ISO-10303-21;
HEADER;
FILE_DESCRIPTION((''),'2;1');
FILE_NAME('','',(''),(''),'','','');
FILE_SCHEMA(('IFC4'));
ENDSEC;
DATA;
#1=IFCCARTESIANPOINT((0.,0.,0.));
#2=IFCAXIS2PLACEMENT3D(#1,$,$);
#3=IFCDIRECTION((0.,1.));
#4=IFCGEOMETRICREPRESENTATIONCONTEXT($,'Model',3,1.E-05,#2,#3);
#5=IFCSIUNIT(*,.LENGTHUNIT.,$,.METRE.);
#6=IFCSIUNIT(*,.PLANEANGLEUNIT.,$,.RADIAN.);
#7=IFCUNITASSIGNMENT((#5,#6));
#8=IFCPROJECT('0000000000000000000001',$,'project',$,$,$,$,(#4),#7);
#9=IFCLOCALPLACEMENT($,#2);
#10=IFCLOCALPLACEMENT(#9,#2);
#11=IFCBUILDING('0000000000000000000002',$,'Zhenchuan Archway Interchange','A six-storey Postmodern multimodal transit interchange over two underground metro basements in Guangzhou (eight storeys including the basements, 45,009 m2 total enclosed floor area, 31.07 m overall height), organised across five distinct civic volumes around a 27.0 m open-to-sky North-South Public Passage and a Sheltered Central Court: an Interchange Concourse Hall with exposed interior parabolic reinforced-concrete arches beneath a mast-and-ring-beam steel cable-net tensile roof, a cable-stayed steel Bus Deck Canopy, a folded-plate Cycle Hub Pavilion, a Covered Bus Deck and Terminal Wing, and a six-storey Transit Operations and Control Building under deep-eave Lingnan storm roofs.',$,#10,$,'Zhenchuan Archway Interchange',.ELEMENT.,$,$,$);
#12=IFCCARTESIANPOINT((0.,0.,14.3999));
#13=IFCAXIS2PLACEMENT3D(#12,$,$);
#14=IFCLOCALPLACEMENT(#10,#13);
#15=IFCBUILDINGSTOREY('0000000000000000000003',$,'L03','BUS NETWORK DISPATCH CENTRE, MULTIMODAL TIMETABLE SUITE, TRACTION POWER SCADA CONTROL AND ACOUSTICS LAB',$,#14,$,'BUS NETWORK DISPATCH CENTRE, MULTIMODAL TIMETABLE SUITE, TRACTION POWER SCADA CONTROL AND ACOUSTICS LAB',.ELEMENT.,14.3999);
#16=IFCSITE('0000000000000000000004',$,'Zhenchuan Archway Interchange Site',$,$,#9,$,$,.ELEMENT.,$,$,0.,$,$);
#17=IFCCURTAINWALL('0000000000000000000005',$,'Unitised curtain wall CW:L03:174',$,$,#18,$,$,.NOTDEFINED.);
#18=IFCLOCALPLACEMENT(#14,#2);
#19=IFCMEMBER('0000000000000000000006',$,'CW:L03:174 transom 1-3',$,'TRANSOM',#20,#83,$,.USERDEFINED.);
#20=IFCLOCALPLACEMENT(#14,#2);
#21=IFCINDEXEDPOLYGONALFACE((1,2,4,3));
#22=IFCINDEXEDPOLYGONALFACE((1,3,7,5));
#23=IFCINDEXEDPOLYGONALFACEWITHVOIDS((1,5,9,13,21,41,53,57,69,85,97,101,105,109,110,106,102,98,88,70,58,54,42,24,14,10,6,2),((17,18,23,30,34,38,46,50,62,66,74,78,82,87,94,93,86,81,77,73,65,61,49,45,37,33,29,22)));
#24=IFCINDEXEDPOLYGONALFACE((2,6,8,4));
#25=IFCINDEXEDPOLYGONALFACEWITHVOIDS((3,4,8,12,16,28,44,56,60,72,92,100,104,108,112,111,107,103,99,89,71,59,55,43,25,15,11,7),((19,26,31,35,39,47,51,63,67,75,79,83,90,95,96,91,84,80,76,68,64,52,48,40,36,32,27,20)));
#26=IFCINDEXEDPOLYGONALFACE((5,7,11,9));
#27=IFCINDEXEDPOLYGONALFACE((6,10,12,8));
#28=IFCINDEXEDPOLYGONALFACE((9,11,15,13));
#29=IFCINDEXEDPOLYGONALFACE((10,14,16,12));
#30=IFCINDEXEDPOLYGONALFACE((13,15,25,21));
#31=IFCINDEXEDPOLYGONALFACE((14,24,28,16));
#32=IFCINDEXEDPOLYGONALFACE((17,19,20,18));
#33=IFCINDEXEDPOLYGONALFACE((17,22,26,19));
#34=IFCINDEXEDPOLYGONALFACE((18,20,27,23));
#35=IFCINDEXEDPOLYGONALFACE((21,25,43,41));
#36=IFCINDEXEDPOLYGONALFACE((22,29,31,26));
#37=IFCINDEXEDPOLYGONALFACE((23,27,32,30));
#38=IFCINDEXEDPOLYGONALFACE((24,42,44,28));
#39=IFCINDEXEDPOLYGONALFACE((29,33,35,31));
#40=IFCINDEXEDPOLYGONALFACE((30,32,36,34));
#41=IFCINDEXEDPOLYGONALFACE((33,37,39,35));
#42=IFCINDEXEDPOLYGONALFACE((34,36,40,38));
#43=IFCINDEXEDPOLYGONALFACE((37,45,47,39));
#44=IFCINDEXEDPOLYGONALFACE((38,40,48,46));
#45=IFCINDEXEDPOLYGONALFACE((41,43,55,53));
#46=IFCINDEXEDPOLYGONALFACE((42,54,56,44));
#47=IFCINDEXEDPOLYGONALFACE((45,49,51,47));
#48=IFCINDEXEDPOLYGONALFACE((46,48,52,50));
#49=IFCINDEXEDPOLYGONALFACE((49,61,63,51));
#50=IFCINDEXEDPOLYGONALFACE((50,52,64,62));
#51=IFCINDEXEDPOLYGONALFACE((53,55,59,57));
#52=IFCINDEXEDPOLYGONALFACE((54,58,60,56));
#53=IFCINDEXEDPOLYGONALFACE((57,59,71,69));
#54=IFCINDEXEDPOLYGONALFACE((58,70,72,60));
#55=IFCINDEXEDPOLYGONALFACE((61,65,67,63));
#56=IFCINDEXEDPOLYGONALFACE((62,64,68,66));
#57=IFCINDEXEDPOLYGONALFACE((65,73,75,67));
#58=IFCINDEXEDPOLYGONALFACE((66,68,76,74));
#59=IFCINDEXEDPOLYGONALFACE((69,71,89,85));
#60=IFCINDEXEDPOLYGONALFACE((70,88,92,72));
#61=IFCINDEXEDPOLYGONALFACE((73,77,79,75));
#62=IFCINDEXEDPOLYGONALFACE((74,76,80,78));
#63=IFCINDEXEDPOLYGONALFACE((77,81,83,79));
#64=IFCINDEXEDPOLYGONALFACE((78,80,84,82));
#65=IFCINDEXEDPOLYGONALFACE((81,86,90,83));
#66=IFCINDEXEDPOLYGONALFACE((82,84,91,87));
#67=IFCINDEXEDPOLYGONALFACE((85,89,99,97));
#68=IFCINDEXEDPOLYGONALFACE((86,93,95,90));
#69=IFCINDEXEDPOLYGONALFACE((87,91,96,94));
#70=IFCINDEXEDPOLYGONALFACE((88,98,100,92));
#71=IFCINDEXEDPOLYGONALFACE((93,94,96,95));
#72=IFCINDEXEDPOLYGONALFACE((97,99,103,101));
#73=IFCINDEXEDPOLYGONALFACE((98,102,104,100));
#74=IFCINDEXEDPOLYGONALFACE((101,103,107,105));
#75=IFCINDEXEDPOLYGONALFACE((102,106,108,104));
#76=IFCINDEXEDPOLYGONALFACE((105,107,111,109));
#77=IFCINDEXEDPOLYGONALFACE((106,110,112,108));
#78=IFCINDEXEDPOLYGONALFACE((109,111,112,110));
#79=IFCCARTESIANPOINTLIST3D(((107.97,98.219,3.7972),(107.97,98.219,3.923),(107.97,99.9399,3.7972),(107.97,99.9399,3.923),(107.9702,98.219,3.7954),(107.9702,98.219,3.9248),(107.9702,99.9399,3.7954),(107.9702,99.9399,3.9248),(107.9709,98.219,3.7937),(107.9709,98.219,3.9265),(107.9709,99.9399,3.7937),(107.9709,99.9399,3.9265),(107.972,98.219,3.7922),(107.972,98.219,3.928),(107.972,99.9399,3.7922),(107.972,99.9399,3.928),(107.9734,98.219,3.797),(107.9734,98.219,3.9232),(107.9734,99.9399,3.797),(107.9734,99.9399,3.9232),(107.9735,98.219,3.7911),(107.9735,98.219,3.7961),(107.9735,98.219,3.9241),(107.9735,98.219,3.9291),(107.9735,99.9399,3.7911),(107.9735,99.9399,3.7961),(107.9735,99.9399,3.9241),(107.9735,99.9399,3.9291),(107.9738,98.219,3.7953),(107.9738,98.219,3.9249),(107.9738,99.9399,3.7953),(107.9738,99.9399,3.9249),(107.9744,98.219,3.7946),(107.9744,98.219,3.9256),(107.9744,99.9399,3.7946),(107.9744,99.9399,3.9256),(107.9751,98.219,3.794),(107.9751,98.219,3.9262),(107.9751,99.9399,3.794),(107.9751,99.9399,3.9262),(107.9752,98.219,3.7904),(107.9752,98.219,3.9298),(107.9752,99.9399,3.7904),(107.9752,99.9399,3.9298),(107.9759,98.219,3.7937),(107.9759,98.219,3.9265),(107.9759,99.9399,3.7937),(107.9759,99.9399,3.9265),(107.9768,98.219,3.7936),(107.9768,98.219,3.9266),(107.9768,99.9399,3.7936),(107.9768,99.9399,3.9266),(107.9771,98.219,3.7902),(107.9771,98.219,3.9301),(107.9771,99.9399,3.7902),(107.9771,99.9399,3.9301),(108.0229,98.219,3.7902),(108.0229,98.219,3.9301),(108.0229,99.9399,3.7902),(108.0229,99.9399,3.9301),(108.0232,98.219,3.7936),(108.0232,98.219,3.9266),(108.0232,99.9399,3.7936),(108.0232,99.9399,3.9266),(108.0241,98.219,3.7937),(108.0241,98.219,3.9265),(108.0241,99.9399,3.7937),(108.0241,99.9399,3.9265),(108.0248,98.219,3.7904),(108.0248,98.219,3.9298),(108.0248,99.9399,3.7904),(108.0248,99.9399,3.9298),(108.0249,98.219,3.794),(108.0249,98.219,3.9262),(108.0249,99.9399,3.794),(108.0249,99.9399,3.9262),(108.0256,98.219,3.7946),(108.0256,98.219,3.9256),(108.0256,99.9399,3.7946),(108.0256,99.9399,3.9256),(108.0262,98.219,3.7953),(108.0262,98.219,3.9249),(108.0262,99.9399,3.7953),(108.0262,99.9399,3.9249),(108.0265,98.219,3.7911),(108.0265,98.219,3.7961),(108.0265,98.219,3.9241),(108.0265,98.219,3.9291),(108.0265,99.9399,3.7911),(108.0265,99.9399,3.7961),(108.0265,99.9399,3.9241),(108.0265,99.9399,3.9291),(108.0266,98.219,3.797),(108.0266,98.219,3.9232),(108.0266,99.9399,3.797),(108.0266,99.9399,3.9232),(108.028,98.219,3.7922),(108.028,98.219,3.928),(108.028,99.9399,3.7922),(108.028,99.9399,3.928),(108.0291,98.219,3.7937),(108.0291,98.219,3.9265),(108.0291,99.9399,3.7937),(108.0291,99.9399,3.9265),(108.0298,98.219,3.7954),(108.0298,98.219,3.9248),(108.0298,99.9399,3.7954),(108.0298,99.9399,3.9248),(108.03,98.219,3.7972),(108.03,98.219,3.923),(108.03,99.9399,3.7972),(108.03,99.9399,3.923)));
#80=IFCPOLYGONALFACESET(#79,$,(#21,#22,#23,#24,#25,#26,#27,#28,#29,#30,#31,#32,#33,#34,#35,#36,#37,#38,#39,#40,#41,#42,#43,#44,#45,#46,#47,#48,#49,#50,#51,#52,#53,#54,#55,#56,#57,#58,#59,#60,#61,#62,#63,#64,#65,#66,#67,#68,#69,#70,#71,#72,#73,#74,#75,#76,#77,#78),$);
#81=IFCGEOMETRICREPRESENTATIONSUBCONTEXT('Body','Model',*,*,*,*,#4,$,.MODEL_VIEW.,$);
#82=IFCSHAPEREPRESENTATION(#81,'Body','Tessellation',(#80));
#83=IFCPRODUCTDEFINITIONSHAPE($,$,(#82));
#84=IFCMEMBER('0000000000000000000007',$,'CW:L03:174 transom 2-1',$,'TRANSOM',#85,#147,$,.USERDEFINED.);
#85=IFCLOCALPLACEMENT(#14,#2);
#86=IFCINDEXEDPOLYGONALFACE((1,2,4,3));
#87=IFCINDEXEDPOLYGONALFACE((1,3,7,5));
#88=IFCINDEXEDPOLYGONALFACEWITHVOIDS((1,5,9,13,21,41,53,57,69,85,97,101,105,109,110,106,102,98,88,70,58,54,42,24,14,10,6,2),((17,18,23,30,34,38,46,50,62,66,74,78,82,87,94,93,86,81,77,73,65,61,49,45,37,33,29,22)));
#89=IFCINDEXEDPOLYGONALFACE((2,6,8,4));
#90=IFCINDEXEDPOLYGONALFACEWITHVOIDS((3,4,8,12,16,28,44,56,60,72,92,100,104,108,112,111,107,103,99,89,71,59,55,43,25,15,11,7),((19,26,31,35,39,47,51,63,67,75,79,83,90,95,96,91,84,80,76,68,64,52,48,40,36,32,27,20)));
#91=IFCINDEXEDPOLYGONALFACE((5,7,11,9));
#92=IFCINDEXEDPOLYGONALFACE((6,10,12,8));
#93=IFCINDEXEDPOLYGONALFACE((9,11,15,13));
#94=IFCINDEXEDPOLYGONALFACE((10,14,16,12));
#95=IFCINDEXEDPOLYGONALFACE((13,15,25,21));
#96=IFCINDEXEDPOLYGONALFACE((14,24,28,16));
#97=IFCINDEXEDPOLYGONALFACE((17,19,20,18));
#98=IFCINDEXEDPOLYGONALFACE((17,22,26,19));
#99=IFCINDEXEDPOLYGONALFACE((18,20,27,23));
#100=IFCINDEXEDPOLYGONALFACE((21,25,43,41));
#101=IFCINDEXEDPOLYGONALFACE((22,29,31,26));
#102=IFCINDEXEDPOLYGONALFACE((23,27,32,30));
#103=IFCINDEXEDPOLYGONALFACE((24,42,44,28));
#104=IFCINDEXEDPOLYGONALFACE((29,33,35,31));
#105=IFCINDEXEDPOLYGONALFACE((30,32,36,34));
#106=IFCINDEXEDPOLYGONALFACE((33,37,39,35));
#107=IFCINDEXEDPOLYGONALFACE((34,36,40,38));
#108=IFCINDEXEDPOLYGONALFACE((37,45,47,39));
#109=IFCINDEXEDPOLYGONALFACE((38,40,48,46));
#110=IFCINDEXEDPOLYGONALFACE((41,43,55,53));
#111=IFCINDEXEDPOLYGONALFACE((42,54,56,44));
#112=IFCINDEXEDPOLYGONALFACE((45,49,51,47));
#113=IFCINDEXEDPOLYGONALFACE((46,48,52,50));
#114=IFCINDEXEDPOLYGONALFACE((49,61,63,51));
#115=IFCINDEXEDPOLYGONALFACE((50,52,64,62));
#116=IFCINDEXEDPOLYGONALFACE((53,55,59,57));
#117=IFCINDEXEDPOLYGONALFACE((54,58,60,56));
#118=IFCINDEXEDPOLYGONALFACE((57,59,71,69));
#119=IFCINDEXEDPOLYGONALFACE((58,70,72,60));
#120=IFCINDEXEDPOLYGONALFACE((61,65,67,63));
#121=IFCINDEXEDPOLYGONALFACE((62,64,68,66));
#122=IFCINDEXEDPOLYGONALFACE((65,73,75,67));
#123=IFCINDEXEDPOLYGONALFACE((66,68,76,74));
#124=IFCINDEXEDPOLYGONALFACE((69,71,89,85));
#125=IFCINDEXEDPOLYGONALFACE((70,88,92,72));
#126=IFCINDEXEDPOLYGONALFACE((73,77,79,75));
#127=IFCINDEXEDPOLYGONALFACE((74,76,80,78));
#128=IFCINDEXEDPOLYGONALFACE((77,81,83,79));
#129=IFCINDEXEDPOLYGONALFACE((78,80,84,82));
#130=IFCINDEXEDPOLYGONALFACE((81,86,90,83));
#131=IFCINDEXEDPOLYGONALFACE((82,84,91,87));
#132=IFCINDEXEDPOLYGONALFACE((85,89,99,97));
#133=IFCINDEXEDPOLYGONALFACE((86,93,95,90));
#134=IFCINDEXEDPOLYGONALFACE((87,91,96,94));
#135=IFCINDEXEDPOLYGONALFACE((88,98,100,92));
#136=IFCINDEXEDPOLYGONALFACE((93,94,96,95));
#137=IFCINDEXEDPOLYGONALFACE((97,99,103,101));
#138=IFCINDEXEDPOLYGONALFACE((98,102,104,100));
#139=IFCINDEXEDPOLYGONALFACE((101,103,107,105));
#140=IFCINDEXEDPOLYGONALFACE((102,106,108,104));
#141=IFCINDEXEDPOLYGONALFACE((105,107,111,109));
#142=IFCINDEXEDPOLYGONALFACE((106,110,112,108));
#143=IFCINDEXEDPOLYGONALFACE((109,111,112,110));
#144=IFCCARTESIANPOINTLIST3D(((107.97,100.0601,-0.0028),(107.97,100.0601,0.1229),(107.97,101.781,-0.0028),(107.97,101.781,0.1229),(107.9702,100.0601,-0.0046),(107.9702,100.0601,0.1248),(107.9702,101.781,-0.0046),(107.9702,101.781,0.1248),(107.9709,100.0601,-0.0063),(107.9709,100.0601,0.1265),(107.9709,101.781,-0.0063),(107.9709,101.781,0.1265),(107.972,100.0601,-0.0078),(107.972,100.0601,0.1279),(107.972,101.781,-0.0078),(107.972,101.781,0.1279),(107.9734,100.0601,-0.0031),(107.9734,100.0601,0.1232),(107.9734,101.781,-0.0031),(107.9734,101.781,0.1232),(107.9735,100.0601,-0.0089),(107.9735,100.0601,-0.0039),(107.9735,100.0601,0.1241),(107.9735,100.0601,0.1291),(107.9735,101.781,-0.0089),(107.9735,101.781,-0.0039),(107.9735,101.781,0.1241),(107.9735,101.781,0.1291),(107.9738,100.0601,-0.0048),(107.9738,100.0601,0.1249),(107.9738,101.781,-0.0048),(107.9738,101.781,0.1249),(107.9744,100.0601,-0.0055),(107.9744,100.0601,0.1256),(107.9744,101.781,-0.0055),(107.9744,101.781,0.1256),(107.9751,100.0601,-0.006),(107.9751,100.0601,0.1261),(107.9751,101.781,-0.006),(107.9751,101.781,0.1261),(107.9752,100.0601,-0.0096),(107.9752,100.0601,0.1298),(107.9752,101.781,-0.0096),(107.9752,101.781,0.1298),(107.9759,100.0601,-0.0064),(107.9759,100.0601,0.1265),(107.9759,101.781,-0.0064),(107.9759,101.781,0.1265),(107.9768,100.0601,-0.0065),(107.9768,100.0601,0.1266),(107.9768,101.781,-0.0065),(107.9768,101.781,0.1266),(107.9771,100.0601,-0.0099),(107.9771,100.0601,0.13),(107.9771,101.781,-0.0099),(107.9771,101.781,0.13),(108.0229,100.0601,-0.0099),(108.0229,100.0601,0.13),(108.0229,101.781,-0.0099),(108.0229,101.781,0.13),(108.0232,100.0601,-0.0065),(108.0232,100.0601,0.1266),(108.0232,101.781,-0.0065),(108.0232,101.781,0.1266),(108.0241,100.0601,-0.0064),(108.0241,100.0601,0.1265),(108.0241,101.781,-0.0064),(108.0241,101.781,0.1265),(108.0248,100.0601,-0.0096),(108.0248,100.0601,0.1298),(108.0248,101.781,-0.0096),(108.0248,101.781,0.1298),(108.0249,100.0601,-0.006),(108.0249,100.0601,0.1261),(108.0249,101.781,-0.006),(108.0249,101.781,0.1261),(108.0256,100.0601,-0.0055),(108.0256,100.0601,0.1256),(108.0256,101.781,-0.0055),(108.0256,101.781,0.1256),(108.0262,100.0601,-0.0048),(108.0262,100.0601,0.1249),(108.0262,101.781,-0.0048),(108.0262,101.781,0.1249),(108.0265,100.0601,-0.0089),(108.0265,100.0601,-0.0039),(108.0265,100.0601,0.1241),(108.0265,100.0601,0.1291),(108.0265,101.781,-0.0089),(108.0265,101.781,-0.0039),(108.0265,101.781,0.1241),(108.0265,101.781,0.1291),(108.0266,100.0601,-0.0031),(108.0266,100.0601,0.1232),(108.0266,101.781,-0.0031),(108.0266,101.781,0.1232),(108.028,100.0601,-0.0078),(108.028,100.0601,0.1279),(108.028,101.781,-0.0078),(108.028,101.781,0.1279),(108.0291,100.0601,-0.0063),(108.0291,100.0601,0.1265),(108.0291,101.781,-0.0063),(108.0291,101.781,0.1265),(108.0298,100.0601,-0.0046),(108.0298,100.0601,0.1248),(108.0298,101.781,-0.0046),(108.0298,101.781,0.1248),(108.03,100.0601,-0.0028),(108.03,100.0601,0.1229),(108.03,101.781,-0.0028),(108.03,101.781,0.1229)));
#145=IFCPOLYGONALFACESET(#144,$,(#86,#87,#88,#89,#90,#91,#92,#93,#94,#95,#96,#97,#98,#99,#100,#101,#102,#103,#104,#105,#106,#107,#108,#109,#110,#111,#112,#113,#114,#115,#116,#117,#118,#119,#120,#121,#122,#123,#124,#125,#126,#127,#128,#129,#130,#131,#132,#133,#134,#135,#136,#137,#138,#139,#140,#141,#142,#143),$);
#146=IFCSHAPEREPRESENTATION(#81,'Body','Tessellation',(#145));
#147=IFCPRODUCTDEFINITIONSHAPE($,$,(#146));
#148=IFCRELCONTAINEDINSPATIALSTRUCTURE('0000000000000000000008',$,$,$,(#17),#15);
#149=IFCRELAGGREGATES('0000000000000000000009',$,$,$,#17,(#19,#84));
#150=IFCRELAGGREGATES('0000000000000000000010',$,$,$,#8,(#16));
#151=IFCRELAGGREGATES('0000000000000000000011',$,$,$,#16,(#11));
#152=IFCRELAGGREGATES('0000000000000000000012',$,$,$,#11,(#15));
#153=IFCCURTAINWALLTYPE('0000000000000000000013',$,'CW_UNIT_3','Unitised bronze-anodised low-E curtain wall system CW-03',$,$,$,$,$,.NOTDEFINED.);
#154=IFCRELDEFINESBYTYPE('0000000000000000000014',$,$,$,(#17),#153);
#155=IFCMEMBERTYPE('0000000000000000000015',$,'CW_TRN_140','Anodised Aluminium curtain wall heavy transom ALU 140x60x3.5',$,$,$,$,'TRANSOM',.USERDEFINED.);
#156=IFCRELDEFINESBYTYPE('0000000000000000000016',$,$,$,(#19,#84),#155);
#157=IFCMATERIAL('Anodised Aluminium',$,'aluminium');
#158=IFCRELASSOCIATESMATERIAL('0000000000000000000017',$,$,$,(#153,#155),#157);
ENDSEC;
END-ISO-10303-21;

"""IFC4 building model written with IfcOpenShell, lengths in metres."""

from ifc_helpers import new_model, si_unit, direction, frame, origin, origin_2d, place, context, subcontext, project, spatial, hollow_rectangle, extrude, material, material_profile, profile_set, type_object, element, aggregate, save


model = new_model("IFC4")

# Units and contexts
model_context = context("Model", 3, precision=1e-05, world=origin(), true_north=direction((0.0, 1.0)))
body_context = subcontext(model_context, "Body", "Model", "MODEL_VIEW")
ifc_project = project(units=[si_unit("LENGTHUNIT", "METRE"), si_unit("PLANEANGLEUNIT", "RADIAN")], contexts=[model_context])

# Site, building, storey
site_placement = place(None, origin())
site = spatial("IfcSite", under=ifc_project, at=site_placement, Name="Zhenchuan Archway Interchange Site", CompositionType="ELEMENT", RefElevation=0.0)
building_placement = place(site_placement, origin())
building = spatial("IfcBuilding", under=site, at=building_placement, Name="Zhenchuan Archway Interchange", Description="A six-storey Postmodern multimodal transit interchange over two underground metro basements in Guangzhou (eight storeys including the basements, 45,009 m2 total enclosed floor area, 31.07 m overall height), organised across five distinct civic volumes around a 27.0 m open-to-sky North-South Public Passage and a Sheltered Central Court: an Interchange Concourse Hall with exposed interior parabolic reinforced-concrete arches beneath a mast-and-ring-beam steel cable-net tensile roof, a cable-stayed steel Bus Deck Canopy, a folded-plate Cycle Hub Pavilion, a Covered Bus Deck and Terminal Wing, and a six-storey Transit Operations and Control Building under deep-eave Lingnan storm roofs.", LongName="Zhenchuan Archway Interchange", CompositionType="ELEMENT")
storey_placement = place(building_placement, frame((0.0, 0.0, 14.3999)))
storey = spatial("IfcBuildingStorey", under=building, at=storey_placement, Name="L03", Description="BUS NETWORK DISPATCH CENTRE, MULTIMODAL TIMETABLE SUITE, TRACTION POWER SCADA CONTROL AND ACOUSTICS LAB", LongName="BUS NETWORK DISPATCH CENTRE, MULTIMODAL TIMETABLE SUITE, TRACTION POWER SCADA CONTROL AND ACOUSTICS LAB", CompositionType="ELEMENT", Elevation=14.3999)

# Curtain wall, members
ifc_material_1 = material(Name="Anodised Aluminium", Category="aluminium")
curtain_wall_type = type_object("IfcCurtainWallType", Name="CW_UNIT_3", Description="Unitised bronze-anodised low-E curtain wall system CW-03", PredefinedType="NOTDEFINED", material=ifc_material_1)
curtain_wall_placement = place(storey_placement, origin())
curtain_wall = element("IfcCurtainWall", 1, at=curtain_wall_placement, inside=storey, type_object=curtain_wall_type, Name="Unitised curtain wall CW:L03:174", PredefinedType="NOTDEFINED")
ifc_material_profile_1 = material_profile(ifc_material_1, hollow_rectangle(XDim=0.0601, YDim=0.1399, WallThickness=0.0034, InnerFilletRadius=0.0034, OuterFilletRadius=0.0071, at=origin_2d()), Name="ALU 140x60x3.5")
ifc_profile_set_1 = profile_set([ifc_material_profile_1], Name="Anodised Aluminium")
member_type_1 = type_object("IfcMemberType", Name="CW_TRN_140", Description="Anodised Aluminium curtain wall heavy transom ALU 140x60x3.5", ElementType="TRANSOM", PredefinedType="USERDEFINED", material=ifc_profile_set_1)
member_1_placement = place(storey_placement, frame((108.0, 98.219, 3.8601), z_axis=(0.0, 1.0, 0.0), x_axis=(-1.0, 0.0, 0.0)))
member_1 = element("IfcMember", 2, at=member_1_placement, type_object=member_type_1, Name="CW:L03:174 transom 1-3", ObjectType="TRANSOM", PredefinedType="USERDEFINED", context=body_context, shape_type="SweptSolid", body=[
    extrude(hollow_rectangle(XDim=0.0601, YDim=0.1399, WallThickness=0.0034, InnerFilletRadius=0.0034, OuterFilletRadius=0.0071, at=origin_2d()), origin(), (0.0, 0.0, 1.0), 1.7209),
])
member_2_placement = place(storey_placement, frame((108.0, 100.0601, 0.0601), z_axis=(0.0, 1.0, 0.0), x_axis=(-1.0, 0.0, 0.0)))
member_2 = element("IfcMember", 3, at=member_2_placement, type_object=member_type_1, Name="CW:L03:174 transom 2-1", ObjectType="TRANSOM", PredefinedType="USERDEFINED", context=body_context, shape_type="SweptSolid", body=[
    extrude(hollow_rectangle(XDim=0.0601, YDim=0.1399, WallThickness=0.0034, InnerFilletRadius=0.0034, OuterFilletRadius=0.0071, at=origin_2d()), origin(), (0.0, 0.0, 1.0), 1.7209),
])

aggregate(curtain_wall, [member_1, member_2])

save(model, "model.ifc")
